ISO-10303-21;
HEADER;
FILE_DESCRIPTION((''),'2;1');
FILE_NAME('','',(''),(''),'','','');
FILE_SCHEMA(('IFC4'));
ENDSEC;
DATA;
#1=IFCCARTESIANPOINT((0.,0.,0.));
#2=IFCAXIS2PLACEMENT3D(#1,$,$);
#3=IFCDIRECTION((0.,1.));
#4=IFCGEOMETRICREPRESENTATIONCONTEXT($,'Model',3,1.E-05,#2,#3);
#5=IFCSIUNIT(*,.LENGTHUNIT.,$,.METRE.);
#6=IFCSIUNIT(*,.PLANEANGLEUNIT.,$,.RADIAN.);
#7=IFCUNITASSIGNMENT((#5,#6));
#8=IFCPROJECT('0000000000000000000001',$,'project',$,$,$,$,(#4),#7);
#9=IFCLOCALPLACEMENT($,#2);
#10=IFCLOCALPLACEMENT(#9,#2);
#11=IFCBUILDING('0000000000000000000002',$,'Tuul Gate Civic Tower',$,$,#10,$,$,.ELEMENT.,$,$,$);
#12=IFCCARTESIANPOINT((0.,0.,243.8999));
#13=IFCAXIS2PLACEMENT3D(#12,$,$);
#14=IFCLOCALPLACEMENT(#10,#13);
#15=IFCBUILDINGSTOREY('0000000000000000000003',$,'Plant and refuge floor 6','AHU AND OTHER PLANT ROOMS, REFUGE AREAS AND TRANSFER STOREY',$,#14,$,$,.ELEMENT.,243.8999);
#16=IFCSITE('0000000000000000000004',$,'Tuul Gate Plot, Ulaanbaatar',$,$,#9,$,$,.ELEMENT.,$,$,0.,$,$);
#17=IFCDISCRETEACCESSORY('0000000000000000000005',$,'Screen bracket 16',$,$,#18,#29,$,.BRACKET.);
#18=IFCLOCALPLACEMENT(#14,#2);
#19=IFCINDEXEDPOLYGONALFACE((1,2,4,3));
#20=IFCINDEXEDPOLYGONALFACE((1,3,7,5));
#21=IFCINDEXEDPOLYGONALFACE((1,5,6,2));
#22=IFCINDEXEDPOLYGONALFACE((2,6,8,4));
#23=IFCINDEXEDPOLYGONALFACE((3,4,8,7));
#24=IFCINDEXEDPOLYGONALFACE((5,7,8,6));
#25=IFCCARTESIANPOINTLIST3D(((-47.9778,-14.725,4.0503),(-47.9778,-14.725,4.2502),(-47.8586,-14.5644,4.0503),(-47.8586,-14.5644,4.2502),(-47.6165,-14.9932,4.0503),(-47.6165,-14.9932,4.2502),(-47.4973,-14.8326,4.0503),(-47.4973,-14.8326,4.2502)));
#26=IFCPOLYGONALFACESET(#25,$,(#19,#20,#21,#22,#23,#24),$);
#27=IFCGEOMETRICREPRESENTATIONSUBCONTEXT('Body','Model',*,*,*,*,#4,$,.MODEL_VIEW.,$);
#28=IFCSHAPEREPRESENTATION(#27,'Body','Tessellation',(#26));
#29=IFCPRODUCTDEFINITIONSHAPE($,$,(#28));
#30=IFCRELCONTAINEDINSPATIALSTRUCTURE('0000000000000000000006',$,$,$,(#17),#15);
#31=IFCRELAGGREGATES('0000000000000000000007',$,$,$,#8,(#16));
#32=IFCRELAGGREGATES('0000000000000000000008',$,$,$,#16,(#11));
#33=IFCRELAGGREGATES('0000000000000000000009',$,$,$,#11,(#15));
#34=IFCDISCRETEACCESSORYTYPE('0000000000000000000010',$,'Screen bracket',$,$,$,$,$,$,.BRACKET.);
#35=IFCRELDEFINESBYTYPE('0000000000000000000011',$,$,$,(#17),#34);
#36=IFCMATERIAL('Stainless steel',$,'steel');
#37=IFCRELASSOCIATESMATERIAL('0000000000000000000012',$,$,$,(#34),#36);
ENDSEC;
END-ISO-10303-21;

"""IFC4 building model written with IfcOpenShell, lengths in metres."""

from ifc_helpers import new_model, si_unit, direction, frame, origin, origin_2d, place, context, subcontext, project, spatial, rectangle, extrude, material, type_object, element, save


model = new_model("IFC4")

# Units and contexts
model_context = context("Model", 3, precision=1e-05, world=origin(), true_north=direction((0.0, 1.0)))
body_context = subcontext(model_context, "Body", "Model", "MODEL_VIEW")
ifc_project = project(units=[si_unit("LENGTHUNIT", "METRE"), si_unit("PLANEANGLEUNIT", "RADIAN")], contexts=[model_context])

# Site, building, storey
site_placement = place(None, origin())
site = spatial("IfcSite", under=ifc_project, at=site_placement, Name="Tuul Gate Plot, Ulaanbaatar", CompositionType="ELEMENT", RefElevation=0.0)
building_placement = place(site_placement, origin())
building = spatial("IfcBuilding", under=site, at=building_placement, Name="Tuul Gate Civic Tower", CompositionType="ELEMENT")
storey_placement = place(building_placement, frame((0.0, 0.0, 243.8999)))
storey = spatial("IfcBuildingStorey", under=building, at=storey_placement, Name="Plant and refuge floor 6", Description="AHU AND OTHER PLANT ROOMS, REFUGE AREAS AND TRANSFER STOREY", CompositionType="ELEMENT", Elevation=243.8999)

# Discrete accessory
ifc_material_1 = material(Name="Stainless steel", Category="steel")
discrete_accessory_type_1 = type_object("IfcDiscreteAccessoryType", Name="Screen bracket", PredefinedType="BRACKET", material=ifc_material_1)
discrete_accessory_1_placement = place(storey_placement, frame((-47.7375, -14.7788, 4.0503), z_axis=(0.0, 0.0, 1.0), x_axis=(-0.802954, 0.596041, 0.0)))
element("IfcDiscreteAccessory", 1, at=discrete_accessory_1_placement, inside=storey, type_object=discrete_accessory_type_1, Name="Screen bracket 16", PredefinedType="BRACKET", context=body_context, shape_type="SweptSolid", body=[
    extrude(rectangle(XDim=0.45, YDim=0.2, at=origin_2d()), origin(), (0.0, 0.0, 1.0), 0.2),
])

save(model, "model.ifc")
